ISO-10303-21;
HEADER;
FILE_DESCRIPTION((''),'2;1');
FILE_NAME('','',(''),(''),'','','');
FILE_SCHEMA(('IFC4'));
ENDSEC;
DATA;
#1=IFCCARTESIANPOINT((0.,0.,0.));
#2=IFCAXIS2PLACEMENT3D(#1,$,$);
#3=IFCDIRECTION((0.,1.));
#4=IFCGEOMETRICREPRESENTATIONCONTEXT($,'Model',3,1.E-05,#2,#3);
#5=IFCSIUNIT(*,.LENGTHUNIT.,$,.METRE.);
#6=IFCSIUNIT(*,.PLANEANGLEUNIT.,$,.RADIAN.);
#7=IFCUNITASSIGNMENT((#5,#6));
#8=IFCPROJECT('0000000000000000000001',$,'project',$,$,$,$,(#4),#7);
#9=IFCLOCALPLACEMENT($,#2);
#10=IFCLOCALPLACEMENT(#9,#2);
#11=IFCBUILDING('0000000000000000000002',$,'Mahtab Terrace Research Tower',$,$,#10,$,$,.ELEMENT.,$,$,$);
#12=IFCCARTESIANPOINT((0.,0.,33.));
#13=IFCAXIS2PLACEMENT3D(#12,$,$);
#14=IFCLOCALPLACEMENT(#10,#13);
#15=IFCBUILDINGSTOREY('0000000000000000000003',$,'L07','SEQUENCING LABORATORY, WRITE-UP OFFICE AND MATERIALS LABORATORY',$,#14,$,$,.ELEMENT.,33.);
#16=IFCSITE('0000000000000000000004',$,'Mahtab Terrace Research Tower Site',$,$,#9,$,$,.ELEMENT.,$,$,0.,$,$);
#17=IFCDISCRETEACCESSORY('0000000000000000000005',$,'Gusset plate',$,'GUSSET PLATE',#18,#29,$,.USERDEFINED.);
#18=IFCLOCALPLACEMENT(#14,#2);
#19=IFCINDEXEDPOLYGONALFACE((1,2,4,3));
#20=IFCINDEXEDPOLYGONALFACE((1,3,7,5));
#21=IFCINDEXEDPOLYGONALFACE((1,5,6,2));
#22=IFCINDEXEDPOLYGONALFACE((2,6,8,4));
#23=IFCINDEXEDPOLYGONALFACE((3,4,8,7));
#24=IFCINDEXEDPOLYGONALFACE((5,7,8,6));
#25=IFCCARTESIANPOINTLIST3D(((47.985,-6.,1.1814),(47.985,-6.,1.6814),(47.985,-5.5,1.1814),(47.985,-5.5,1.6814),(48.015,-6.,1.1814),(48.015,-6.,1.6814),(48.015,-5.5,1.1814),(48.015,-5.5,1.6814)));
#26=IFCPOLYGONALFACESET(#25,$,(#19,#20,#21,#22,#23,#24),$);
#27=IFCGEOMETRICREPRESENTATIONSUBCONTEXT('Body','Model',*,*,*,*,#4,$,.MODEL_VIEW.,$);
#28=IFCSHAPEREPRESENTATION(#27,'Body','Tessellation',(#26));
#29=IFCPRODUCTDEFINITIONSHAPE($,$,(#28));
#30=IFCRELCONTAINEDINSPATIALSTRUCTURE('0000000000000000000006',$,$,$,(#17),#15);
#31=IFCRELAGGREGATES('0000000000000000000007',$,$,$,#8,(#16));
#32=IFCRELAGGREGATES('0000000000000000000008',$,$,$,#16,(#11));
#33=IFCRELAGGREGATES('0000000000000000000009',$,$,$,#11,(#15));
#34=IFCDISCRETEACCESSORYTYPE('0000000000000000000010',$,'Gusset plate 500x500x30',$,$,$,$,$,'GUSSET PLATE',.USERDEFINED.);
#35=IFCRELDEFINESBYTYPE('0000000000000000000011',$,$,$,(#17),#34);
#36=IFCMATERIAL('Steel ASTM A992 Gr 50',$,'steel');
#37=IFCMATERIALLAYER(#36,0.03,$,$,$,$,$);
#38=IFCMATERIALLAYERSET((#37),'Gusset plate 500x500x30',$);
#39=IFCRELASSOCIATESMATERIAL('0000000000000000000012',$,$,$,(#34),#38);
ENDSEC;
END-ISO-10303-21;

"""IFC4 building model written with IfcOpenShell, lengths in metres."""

from ifc_helpers import new_model, si_unit, direction, frame, origin, origin_2d, place, context, subcontext, project, spatial, rectangle, extrude, material, layer, layer_set, type_object, element, save


model = new_model("IFC4")

# Units and contexts
model_context = context("Model", 3, precision=1e-05, world=origin(), true_north=direction((0.0, 1.0)))
body_context = subcontext(model_context, "Body", "Model", "MODEL_VIEW")
ifc_project = project(units=[si_unit("LENGTHUNIT", "METRE"), si_unit("PLANEANGLEUNIT", "RADIAN")], contexts=[model_context])

# Site, building, storey
site_placement = place(None, origin())
site = spatial("IfcSite", under=ifc_project, at=site_placement, Name="Mahtab Terrace Research Tower Site", CompositionType="ELEMENT", RefElevation=0.0)
building_placement = place(site_placement, origin())
building = spatial("IfcBuilding", under=site, at=building_placement, Name="Mahtab Terrace Research Tower", CompositionType="ELEMENT")
storey_placement = place(building_placement, frame((0.0, 0.0, 33.0)))
storey = spatial("IfcBuildingStorey", under=building, at=storey_placement, Name="L07", Description="SEQUENCING LABORATORY, WRITE-UP OFFICE AND MATERIALS LABORATORY", CompositionType="ELEMENT", Elevation=33.0)

# Shared definitions
ifc_material_1 = material(Name="Steel ASTM A992 Gr 50", Category="steel")

# Discrete accessory
ifc_layer_1 = layer(ifc_material_1, 0.03)
ifc_layer_set_1 = layer_set([ifc_layer_1], Name="Gusset plate 500x500x30")
discrete_accessory_type = type_object("IfcDiscreteAccessoryType", Name="Gusset plate 500x500x30", ElementType="GUSSET PLATE", PredefinedType="USERDEFINED", material=ifc_layer_set_1)
for number, where, z_axis, x_axis, name in (
    (1, (48.0, -5.75, 1.1814), (0.0, 0.0, 1.0), (0.0, 1.0, 0.0), "Gusset plate"),
):
    element("IfcDiscreteAccessory", number, at=place(storey_placement, frame(where, z_axis=z_axis, x_axis=x_axis)), inside=storey, type_object=discrete_accessory_type, Name=name, ObjectType="GUSSET PLATE", PredefinedType="USERDEFINED", context=body_context, shape_type="SweptSolid", body=[
        extrude(rectangle(XDim=0.5, YDim=0.03, at=origin_2d()), origin(), (0.0, 0.0, 1.0), 0.5),
    ])

save(model, "model.ifc")
